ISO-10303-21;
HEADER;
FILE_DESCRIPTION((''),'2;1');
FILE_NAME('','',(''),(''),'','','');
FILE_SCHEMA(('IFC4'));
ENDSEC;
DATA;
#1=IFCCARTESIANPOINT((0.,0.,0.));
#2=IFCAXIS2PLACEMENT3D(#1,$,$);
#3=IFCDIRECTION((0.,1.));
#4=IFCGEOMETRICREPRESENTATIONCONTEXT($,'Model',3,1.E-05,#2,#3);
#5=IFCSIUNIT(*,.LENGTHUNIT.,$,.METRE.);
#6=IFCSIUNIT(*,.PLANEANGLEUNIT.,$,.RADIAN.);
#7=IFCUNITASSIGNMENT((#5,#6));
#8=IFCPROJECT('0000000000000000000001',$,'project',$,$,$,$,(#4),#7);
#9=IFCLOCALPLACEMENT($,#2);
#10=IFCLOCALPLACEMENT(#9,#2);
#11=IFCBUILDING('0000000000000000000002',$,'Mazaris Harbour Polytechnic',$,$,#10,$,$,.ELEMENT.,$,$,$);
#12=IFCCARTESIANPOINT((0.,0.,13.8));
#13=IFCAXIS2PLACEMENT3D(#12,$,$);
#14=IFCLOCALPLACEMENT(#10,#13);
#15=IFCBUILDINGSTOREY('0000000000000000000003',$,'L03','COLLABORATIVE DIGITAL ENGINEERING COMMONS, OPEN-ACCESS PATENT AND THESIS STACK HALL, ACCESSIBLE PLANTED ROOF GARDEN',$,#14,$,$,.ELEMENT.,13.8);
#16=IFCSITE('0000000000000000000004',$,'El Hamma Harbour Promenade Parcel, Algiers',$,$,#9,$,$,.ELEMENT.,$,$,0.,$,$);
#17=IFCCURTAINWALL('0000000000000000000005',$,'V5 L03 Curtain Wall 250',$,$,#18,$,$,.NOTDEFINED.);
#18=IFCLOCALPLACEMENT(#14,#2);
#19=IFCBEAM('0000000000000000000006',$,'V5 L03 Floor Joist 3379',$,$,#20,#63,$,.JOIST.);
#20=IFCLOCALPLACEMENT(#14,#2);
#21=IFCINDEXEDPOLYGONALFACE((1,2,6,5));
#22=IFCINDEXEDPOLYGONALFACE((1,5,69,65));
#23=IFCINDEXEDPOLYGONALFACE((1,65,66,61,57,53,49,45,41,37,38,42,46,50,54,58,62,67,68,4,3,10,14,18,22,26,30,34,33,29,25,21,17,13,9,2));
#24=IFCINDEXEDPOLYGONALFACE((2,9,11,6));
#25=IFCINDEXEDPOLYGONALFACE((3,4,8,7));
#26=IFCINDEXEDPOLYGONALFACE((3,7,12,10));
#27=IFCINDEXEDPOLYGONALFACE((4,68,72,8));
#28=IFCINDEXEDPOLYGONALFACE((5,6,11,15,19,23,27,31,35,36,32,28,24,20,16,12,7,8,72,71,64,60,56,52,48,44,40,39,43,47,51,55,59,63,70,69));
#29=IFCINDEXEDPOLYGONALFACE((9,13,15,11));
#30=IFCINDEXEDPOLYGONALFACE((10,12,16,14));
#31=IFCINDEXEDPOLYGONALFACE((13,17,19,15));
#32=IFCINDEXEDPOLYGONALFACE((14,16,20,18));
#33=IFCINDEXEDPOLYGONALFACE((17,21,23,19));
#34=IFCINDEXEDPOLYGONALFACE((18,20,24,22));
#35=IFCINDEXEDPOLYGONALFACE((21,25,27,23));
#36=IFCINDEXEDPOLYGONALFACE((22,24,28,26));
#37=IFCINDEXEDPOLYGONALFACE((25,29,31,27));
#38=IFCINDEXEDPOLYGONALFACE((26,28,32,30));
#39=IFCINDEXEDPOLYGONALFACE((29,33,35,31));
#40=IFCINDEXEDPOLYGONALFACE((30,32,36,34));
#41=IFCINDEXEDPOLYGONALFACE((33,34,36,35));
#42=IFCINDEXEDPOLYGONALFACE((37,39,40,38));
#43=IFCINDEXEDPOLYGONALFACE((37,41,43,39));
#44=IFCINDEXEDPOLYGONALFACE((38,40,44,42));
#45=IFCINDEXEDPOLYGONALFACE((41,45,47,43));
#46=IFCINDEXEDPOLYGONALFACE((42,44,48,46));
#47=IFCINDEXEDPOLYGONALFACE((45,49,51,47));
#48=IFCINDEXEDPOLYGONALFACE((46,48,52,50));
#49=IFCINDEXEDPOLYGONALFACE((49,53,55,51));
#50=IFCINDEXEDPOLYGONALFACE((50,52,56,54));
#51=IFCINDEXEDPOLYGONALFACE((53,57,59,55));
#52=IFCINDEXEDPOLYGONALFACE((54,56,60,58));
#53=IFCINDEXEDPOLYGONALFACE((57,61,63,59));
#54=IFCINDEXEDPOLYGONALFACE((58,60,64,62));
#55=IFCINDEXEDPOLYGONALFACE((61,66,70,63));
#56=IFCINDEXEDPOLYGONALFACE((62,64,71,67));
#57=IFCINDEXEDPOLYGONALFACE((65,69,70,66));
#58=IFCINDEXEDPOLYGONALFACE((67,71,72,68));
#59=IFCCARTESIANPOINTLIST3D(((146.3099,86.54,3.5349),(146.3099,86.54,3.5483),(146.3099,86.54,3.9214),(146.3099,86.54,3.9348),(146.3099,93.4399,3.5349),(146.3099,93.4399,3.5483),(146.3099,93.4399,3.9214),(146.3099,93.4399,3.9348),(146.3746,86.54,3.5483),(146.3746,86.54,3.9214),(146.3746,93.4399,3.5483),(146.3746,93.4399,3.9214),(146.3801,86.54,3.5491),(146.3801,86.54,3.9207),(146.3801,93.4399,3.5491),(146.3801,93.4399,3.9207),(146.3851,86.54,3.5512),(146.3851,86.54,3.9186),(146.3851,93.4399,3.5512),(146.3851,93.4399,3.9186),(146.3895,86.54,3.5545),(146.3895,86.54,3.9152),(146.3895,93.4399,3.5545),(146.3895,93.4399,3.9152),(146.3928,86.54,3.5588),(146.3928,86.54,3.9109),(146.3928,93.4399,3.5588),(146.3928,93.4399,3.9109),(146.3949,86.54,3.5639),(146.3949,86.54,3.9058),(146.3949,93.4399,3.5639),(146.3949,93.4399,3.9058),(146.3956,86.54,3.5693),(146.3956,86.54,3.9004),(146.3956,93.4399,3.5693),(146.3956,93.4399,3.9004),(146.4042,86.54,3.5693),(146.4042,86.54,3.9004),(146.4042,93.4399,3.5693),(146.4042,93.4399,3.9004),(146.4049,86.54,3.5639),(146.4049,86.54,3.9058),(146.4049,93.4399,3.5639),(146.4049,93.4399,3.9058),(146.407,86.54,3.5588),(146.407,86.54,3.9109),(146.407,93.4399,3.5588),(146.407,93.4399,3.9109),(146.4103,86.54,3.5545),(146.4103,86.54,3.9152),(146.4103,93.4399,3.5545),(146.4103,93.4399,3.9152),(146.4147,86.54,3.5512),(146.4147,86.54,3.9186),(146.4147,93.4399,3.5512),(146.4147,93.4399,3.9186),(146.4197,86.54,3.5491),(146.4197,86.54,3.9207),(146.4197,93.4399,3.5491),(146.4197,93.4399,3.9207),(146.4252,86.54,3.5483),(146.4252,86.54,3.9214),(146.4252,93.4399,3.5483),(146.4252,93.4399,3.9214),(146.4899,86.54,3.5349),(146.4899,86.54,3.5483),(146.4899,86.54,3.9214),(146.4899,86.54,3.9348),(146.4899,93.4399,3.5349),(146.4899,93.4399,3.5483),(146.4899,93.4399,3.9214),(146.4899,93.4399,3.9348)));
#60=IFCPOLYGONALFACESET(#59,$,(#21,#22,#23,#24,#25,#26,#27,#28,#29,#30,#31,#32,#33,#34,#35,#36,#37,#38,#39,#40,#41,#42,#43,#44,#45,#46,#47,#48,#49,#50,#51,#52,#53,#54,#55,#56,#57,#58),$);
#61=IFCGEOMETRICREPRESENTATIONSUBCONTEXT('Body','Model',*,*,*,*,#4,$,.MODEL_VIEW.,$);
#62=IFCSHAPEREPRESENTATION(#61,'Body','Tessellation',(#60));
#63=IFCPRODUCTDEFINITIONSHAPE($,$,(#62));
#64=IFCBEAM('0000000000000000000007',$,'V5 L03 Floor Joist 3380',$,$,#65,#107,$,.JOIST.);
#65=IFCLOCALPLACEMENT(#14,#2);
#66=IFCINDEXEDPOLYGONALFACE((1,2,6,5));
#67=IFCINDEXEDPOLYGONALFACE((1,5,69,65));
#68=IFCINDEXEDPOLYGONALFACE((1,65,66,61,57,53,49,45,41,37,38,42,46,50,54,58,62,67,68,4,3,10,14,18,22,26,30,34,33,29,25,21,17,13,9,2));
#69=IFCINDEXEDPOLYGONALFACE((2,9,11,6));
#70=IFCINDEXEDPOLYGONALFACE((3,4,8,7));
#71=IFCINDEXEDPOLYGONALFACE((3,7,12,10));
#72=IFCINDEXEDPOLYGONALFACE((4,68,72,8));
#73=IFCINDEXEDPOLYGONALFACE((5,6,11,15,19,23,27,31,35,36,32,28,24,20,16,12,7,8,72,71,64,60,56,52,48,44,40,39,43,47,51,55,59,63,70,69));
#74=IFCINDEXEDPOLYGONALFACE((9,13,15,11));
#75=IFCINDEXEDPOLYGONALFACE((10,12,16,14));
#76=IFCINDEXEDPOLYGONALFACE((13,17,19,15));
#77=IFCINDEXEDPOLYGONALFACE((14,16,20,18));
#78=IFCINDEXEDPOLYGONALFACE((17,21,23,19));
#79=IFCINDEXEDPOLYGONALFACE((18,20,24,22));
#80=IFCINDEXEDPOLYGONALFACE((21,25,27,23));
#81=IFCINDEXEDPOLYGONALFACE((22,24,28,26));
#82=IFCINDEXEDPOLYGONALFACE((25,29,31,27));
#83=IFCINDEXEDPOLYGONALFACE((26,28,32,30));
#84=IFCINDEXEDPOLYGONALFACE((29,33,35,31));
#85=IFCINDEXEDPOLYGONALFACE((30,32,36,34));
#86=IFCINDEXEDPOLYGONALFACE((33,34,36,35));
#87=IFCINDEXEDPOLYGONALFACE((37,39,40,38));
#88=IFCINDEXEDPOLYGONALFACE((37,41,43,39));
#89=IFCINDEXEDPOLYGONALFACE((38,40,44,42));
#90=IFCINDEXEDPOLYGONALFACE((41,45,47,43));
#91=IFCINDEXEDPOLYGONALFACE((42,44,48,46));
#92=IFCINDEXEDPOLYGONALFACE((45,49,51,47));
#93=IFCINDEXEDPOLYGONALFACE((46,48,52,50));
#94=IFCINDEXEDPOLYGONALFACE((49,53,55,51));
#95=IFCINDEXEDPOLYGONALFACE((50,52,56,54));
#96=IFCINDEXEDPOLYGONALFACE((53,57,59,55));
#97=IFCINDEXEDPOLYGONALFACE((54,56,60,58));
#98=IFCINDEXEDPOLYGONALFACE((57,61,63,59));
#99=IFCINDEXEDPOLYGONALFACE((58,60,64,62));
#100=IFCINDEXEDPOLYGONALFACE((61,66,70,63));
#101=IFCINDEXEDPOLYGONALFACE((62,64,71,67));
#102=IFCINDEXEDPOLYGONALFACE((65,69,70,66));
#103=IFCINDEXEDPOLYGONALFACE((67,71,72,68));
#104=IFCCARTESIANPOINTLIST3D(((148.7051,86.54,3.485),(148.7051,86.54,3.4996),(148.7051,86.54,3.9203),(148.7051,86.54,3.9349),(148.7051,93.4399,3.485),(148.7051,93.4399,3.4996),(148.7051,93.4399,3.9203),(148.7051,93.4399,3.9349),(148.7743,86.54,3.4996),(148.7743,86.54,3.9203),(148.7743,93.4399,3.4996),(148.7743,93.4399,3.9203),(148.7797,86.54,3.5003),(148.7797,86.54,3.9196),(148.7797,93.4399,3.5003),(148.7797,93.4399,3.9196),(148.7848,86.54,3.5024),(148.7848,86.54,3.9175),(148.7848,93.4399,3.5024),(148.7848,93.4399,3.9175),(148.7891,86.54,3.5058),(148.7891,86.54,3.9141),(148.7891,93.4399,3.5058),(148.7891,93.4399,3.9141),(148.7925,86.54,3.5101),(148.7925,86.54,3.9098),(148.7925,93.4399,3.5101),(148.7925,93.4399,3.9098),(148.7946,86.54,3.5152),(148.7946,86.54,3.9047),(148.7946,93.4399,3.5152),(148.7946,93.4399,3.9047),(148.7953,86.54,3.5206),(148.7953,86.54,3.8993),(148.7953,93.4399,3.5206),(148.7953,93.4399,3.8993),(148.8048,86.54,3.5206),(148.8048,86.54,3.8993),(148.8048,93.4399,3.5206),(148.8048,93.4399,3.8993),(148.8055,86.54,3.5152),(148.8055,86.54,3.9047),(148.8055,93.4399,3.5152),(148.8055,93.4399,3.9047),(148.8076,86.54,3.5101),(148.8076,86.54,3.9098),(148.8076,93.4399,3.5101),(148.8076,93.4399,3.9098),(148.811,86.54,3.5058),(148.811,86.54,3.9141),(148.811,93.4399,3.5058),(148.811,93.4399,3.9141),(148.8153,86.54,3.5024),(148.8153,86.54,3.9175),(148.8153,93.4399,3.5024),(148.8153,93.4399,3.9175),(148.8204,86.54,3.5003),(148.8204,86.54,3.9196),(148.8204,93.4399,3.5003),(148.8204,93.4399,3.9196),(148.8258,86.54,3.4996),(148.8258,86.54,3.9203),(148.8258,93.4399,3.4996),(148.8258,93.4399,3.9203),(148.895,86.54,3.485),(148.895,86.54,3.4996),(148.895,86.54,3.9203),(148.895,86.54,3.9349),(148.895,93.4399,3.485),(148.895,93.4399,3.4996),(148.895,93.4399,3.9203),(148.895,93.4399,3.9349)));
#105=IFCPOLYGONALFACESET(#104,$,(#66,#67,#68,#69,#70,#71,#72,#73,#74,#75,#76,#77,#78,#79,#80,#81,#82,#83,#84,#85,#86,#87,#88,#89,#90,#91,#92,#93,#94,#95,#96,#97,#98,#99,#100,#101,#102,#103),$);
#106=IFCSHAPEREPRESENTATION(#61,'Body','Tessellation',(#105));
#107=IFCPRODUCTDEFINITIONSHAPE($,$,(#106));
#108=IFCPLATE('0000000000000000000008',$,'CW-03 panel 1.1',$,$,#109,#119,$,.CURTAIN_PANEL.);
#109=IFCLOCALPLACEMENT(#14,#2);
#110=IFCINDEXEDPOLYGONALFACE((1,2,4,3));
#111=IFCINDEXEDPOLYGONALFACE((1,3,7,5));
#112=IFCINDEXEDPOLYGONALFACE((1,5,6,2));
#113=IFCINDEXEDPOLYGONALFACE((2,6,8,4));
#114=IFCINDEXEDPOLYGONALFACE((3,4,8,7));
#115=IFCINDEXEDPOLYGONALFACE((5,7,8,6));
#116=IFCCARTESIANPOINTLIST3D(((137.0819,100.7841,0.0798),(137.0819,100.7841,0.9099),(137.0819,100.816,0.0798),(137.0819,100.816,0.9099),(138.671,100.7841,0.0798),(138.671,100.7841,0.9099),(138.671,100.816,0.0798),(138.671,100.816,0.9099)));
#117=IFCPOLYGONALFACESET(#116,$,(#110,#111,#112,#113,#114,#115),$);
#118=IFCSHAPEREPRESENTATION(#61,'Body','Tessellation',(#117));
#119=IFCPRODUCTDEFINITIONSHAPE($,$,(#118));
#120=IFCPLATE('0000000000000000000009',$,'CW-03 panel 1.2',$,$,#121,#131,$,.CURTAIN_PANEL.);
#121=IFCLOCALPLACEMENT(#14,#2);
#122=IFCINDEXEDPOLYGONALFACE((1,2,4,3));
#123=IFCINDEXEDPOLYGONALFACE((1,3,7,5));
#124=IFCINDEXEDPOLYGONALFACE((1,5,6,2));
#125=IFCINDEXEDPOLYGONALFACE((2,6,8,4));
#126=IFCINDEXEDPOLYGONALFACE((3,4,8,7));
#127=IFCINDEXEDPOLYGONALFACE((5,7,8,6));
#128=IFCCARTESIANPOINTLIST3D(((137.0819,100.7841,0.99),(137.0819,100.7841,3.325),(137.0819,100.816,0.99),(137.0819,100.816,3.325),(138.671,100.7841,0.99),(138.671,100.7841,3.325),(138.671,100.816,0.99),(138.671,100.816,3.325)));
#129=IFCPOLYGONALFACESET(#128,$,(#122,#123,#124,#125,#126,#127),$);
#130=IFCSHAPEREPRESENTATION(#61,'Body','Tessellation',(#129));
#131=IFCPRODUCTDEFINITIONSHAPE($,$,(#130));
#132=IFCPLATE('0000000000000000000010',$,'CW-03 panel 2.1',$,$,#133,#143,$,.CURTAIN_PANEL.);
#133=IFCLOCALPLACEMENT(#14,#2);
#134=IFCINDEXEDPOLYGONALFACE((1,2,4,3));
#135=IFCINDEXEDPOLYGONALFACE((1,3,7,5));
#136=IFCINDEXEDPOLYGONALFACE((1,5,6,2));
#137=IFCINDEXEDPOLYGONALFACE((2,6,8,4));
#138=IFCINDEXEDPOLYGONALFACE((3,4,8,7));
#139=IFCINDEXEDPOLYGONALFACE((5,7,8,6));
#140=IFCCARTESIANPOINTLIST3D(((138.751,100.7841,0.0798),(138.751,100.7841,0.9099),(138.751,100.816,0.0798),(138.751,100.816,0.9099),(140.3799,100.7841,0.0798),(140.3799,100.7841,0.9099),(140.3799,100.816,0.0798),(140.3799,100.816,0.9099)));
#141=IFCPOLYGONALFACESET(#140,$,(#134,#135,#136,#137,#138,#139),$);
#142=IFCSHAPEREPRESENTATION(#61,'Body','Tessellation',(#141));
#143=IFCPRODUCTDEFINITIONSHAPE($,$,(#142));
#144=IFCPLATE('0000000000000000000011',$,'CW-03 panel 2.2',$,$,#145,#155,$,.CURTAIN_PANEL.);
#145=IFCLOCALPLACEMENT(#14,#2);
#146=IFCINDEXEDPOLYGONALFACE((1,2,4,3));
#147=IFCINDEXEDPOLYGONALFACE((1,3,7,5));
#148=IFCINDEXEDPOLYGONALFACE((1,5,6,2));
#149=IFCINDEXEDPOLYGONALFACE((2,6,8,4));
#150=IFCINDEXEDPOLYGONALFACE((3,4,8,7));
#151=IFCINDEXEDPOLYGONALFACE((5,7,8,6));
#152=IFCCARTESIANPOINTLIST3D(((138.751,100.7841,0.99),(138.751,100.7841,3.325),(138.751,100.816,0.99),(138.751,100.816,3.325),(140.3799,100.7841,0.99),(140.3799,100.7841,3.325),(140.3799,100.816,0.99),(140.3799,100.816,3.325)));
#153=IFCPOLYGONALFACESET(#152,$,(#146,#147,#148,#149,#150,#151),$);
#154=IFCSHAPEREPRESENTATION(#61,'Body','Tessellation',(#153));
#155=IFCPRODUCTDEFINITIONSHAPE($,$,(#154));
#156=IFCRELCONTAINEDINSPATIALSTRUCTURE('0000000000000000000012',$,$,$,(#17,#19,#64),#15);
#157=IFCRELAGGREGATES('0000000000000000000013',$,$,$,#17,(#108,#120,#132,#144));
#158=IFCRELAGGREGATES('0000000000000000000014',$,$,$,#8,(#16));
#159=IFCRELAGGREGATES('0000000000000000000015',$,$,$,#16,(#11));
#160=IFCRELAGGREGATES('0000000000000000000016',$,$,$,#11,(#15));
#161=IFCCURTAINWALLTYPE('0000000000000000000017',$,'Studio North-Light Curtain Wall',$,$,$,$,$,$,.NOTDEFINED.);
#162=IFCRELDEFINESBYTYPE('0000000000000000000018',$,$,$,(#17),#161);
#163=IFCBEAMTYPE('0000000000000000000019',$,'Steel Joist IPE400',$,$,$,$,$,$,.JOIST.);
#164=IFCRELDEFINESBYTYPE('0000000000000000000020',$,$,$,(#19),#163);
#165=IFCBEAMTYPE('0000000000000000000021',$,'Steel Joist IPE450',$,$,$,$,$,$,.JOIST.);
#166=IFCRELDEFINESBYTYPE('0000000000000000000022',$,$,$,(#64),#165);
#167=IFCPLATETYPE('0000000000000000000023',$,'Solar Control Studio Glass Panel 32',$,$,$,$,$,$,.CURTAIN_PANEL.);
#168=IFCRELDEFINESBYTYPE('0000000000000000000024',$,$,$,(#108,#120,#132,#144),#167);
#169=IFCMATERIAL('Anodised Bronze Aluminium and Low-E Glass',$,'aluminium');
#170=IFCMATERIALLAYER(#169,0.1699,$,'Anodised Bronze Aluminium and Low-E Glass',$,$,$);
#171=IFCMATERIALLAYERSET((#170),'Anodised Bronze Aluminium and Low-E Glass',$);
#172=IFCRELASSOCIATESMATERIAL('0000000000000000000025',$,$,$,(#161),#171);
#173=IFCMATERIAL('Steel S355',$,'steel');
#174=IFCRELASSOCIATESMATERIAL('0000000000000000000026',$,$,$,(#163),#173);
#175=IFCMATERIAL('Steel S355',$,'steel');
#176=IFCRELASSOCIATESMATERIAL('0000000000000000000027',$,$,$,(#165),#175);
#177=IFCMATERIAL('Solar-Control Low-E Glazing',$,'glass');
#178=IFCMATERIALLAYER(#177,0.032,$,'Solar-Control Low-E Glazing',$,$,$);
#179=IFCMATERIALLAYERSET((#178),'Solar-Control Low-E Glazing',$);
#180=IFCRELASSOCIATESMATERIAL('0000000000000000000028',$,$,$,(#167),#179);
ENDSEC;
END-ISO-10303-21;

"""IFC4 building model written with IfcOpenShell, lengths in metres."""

from ifc_helpers import new_model, si_unit, direction, frame, origin, origin_2d, place, context, subcontext, project, spatial, rectangle, i_section, extrude, material, layer, layer_set, material_profile, profile_set, type_object, element, aggregate, save


model = new_model("IFC4")

# Units and contexts
model_context = context("Model", 3, precision=1e-05, world=origin(), true_north=direction((0.0, 1.0)))
body_context = subcontext(model_context, "Body", "Model", "MODEL_VIEW")
ifc_project = project(units=[si_unit("LENGTHUNIT", "METRE"), si_unit("PLANEANGLEUNIT", "RADIAN")], contexts=[model_context])

# Site, building, storey
site_placement = place(None, origin())
site = spatial("IfcSite", under=ifc_project, at=site_placement, Name="El Hamma Harbour Promenade Parcel, Algiers", CompositionType="ELEMENT", RefElevation=0.0)
building_placement = place(site_placement, origin())
building = spatial("IfcBuilding", under=site, at=building_placement, Name="Mazaris Harbour Polytechnic", CompositionType="ELEMENT")
storey_placement = place(building_placement, frame((0.0, 0.0, 13.8)))
storey = spatial("IfcBuildingStorey", under=building, at=storey_placement, Name="L03", Description="COLLABORATIVE DIGITAL ENGINEERING COMMONS, OPEN-ACCESS PATENT AND THESIS STACK HALL, ACCESSIBLE PLANTED ROOF GARDEN", CompositionType="ELEMENT", Elevation=13.8)

# Curtain wall
ifc_material_1 = material(Name="Anodised Bronze Aluminium and Low-E Glass", Category="aluminium")
ifc_layer_1 = layer(ifc_material_1, 0.1699, Name="Anodised Bronze Aluminium and Low-E Glass")
ifc_layer_set_1 = layer_set([ifc_layer_1], Name="Anodised Bronze Aluminium and Low-E Glass")
curtain_wall_type = type_object("IfcCurtainWallType", Name="Studio North-Light Curtain Wall", PredefinedType="NOTDEFINED", material=ifc_layer_set_1)
curtain_wall_placement = place(storey_placement, origin())
curtain_wall = element("IfcCurtainWall", 1, at=curtain_wall_placement, inside=storey, type_object=curtain_wall_type, Name="V5 L03 Curtain Wall 250", PredefinedType="NOTDEFINED")

# Beams
ifc_material_2 = material(Name="Steel S355", Category="steel")
ifc_material_profile_1 = material_profile(ifc_material_2, i_section(OverallWidth=0.1799, OverallDepth=0.3999, WebThickness=0.0085, FlangeThickness=0.0134, FilletRadius=0.021, at=origin_2d()), Name="IPE 400")
ifc_profile_set_1 = profile_set([ifc_material_profile_1], Name="Steel S355")
beam_type_1 = type_object("IfcBeamType", Name="Steel Joist IPE400", PredefinedType="JOIST", material=ifc_profile_set_1)
beam_1_placement = place(storey_placement, frame((146.3999, 86.54, 3.7349), z_axis=(0.0, 1.0, 0.0), x_axis=(-1.0, 0.0, 0.0)))
element("IfcBeam", 2, at=beam_1_placement, inside=storey, type_object=beam_type_1, Name="V5 L03 Floor Joist 3379", PredefinedType="JOIST", context=body_context, shape_type="SweptSolid", body=[
    extrude(i_section(OverallWidth=0.1799, OverallDepth=0.3999, WebThickness=0.0085, FlangeThickness=0.0134, FilletRadius=0.021, at=origin_2d()), origin(), (0.0, 0.0, 1.0), 6.8999),
])
ifc_material_3 = material(Name="Steel S355", Category="steel")
ifc_material_profile_2 = material_profile(ifc_material_3, i_section(OverallWidth=0.1899, OverallDepth=0.45, WebThickness=0.0095, FlangeThickness=0.0146, FilletRadius=0.021, at=origin_2d()), Name="IPE 450")
ifc_profile_set_2 = profile_set([ifc_material_profile_2], Name="Steel S355")
beam_type_2 = type_object("IfcBeamType", Name="Steel Joist IPE450", PredefinedType="JOIST", material=ifc_profile_set_2)
beam_2_placement = place(storey_placement, frame((148.8, 86.54, 3.71), z_axis=(0.0, 1.0, 0.0), x_axis=(-1.0, 0.0, 0.0)))
element("IfcBeam", 3, at=beam_2_placement, inside=storey, type_object=beam_type_2, Name="V5 L03 Floor Joist 3380", PredefinedType="JOIST", context=body_context, shape_type="SweptSolid", body=[
    extrude(i_section(OverallWidth=0.1899, OverallDepth=0.45, WebThickness=0.0095, FlangeThickness=0.0146, FilletRadius=0.021, at=origin_2d()), origin(), (0.0, 0.0, 1.0), 6.8999),
])

# Plates
ifc_material_4 = material(Name="Solar-Control Low-E Glazing", Category="glass")
ifc_layer_2 = layer(ifc_material_4, 0.032, Name="Solar-Control Low-E Glazing")
ifc_layer_set_2 = layer_set([ifc_layer_2], Name="Solar-Control Low-E Glazing")
plate_type = type_object("IfcPlateType", Name="Solar Control Studio Glass Panel 32", PredefinedType="CURTAIN_PANEL", material=ifc_layer_set_2)
plate_1_placement = place(storey_placement, frame((137.8765, 100.8, 0.0798), z_axis=(0.0, 0.0, 1.0), x_axis=(1.0, 0.0, 0.0)))
plate_1 = element("IfcPlate", 4, at=plate_1_placement, type_object=plate_type, Name="CW-03 panel 1.1", PredefinedType="CURTAIN_PANEL", context=body_context, shape_type="SweptSolid", body=[
    extrude(rectangle(XDim=1.5891, YDim=0.032, at=origin_2d()), origin(), (0.0, 0.0, 1.0), 0.8301),
])
plate_2_placement = place(storey_placement, frame((137.8765, 100.8, 0.99), z_axis=(0.0, 0.0, 1.0), x_axis=(1.0, 0.0, 0.0)))
plate_2 = element("IfcPlate", 5, at=plate_2_placement, type_object=plate_type, Name="CW-03 panel 1.2", PredefinedType="CURTAIN_PANEL", context=body_context, shape_type="SweptSolid", body=[
    extrude(rectangle(XDim=1.5891, YDim=0.032, at=origin_2d()), origin(), (0.0, 0.0, 1.0), 2.335),
])
plate_3_placement = place(storey_placement, frame((139.5654, 100.8, 0.0798), z_axis=(0.0, 0.0, 1.0), x_axis=(1.0, 0.0, 0.0)))
plate_3 = element("IfcPlate", 6, at=plate_3_placement, type_object=plate_type, Name="CW-03 panel 2.1", PredefinedType="CURTAIN_PANEL", context=body_context, shape_type="SweptSolid", body=[
    extrude(rectangle(XDim=1.6289, YDim=0.032, at=origin_2d()), origin(), (0.0, 0.0, 1.0), 0.8301),
])
plate_4_placement = place(storey_placement, frame((139.5654, 100.8, 0.99), z_axis=(0.0, 0.0, 1.0), x_axis=(1.0, 0.0, 0.0)))
plate_4 = element("IfcPlate", 7, at=plate_4_placement, type_object=plate_type, Name="CW-03 panel 2.2", PredefinedType="CURTAIN_PANEL", context=body_context, shape_type="SweptSolid", body=[
    extrude(rectangle(XDim=1.6289, YDim=0.032, at=origin_2d()), origin(), (0.0, 0.0, 1.0), 2.335),
])
aggregate(curtain_wall, [plate_1, plate_2, plate_3, plate_4])

save(model, "model.ifc")
